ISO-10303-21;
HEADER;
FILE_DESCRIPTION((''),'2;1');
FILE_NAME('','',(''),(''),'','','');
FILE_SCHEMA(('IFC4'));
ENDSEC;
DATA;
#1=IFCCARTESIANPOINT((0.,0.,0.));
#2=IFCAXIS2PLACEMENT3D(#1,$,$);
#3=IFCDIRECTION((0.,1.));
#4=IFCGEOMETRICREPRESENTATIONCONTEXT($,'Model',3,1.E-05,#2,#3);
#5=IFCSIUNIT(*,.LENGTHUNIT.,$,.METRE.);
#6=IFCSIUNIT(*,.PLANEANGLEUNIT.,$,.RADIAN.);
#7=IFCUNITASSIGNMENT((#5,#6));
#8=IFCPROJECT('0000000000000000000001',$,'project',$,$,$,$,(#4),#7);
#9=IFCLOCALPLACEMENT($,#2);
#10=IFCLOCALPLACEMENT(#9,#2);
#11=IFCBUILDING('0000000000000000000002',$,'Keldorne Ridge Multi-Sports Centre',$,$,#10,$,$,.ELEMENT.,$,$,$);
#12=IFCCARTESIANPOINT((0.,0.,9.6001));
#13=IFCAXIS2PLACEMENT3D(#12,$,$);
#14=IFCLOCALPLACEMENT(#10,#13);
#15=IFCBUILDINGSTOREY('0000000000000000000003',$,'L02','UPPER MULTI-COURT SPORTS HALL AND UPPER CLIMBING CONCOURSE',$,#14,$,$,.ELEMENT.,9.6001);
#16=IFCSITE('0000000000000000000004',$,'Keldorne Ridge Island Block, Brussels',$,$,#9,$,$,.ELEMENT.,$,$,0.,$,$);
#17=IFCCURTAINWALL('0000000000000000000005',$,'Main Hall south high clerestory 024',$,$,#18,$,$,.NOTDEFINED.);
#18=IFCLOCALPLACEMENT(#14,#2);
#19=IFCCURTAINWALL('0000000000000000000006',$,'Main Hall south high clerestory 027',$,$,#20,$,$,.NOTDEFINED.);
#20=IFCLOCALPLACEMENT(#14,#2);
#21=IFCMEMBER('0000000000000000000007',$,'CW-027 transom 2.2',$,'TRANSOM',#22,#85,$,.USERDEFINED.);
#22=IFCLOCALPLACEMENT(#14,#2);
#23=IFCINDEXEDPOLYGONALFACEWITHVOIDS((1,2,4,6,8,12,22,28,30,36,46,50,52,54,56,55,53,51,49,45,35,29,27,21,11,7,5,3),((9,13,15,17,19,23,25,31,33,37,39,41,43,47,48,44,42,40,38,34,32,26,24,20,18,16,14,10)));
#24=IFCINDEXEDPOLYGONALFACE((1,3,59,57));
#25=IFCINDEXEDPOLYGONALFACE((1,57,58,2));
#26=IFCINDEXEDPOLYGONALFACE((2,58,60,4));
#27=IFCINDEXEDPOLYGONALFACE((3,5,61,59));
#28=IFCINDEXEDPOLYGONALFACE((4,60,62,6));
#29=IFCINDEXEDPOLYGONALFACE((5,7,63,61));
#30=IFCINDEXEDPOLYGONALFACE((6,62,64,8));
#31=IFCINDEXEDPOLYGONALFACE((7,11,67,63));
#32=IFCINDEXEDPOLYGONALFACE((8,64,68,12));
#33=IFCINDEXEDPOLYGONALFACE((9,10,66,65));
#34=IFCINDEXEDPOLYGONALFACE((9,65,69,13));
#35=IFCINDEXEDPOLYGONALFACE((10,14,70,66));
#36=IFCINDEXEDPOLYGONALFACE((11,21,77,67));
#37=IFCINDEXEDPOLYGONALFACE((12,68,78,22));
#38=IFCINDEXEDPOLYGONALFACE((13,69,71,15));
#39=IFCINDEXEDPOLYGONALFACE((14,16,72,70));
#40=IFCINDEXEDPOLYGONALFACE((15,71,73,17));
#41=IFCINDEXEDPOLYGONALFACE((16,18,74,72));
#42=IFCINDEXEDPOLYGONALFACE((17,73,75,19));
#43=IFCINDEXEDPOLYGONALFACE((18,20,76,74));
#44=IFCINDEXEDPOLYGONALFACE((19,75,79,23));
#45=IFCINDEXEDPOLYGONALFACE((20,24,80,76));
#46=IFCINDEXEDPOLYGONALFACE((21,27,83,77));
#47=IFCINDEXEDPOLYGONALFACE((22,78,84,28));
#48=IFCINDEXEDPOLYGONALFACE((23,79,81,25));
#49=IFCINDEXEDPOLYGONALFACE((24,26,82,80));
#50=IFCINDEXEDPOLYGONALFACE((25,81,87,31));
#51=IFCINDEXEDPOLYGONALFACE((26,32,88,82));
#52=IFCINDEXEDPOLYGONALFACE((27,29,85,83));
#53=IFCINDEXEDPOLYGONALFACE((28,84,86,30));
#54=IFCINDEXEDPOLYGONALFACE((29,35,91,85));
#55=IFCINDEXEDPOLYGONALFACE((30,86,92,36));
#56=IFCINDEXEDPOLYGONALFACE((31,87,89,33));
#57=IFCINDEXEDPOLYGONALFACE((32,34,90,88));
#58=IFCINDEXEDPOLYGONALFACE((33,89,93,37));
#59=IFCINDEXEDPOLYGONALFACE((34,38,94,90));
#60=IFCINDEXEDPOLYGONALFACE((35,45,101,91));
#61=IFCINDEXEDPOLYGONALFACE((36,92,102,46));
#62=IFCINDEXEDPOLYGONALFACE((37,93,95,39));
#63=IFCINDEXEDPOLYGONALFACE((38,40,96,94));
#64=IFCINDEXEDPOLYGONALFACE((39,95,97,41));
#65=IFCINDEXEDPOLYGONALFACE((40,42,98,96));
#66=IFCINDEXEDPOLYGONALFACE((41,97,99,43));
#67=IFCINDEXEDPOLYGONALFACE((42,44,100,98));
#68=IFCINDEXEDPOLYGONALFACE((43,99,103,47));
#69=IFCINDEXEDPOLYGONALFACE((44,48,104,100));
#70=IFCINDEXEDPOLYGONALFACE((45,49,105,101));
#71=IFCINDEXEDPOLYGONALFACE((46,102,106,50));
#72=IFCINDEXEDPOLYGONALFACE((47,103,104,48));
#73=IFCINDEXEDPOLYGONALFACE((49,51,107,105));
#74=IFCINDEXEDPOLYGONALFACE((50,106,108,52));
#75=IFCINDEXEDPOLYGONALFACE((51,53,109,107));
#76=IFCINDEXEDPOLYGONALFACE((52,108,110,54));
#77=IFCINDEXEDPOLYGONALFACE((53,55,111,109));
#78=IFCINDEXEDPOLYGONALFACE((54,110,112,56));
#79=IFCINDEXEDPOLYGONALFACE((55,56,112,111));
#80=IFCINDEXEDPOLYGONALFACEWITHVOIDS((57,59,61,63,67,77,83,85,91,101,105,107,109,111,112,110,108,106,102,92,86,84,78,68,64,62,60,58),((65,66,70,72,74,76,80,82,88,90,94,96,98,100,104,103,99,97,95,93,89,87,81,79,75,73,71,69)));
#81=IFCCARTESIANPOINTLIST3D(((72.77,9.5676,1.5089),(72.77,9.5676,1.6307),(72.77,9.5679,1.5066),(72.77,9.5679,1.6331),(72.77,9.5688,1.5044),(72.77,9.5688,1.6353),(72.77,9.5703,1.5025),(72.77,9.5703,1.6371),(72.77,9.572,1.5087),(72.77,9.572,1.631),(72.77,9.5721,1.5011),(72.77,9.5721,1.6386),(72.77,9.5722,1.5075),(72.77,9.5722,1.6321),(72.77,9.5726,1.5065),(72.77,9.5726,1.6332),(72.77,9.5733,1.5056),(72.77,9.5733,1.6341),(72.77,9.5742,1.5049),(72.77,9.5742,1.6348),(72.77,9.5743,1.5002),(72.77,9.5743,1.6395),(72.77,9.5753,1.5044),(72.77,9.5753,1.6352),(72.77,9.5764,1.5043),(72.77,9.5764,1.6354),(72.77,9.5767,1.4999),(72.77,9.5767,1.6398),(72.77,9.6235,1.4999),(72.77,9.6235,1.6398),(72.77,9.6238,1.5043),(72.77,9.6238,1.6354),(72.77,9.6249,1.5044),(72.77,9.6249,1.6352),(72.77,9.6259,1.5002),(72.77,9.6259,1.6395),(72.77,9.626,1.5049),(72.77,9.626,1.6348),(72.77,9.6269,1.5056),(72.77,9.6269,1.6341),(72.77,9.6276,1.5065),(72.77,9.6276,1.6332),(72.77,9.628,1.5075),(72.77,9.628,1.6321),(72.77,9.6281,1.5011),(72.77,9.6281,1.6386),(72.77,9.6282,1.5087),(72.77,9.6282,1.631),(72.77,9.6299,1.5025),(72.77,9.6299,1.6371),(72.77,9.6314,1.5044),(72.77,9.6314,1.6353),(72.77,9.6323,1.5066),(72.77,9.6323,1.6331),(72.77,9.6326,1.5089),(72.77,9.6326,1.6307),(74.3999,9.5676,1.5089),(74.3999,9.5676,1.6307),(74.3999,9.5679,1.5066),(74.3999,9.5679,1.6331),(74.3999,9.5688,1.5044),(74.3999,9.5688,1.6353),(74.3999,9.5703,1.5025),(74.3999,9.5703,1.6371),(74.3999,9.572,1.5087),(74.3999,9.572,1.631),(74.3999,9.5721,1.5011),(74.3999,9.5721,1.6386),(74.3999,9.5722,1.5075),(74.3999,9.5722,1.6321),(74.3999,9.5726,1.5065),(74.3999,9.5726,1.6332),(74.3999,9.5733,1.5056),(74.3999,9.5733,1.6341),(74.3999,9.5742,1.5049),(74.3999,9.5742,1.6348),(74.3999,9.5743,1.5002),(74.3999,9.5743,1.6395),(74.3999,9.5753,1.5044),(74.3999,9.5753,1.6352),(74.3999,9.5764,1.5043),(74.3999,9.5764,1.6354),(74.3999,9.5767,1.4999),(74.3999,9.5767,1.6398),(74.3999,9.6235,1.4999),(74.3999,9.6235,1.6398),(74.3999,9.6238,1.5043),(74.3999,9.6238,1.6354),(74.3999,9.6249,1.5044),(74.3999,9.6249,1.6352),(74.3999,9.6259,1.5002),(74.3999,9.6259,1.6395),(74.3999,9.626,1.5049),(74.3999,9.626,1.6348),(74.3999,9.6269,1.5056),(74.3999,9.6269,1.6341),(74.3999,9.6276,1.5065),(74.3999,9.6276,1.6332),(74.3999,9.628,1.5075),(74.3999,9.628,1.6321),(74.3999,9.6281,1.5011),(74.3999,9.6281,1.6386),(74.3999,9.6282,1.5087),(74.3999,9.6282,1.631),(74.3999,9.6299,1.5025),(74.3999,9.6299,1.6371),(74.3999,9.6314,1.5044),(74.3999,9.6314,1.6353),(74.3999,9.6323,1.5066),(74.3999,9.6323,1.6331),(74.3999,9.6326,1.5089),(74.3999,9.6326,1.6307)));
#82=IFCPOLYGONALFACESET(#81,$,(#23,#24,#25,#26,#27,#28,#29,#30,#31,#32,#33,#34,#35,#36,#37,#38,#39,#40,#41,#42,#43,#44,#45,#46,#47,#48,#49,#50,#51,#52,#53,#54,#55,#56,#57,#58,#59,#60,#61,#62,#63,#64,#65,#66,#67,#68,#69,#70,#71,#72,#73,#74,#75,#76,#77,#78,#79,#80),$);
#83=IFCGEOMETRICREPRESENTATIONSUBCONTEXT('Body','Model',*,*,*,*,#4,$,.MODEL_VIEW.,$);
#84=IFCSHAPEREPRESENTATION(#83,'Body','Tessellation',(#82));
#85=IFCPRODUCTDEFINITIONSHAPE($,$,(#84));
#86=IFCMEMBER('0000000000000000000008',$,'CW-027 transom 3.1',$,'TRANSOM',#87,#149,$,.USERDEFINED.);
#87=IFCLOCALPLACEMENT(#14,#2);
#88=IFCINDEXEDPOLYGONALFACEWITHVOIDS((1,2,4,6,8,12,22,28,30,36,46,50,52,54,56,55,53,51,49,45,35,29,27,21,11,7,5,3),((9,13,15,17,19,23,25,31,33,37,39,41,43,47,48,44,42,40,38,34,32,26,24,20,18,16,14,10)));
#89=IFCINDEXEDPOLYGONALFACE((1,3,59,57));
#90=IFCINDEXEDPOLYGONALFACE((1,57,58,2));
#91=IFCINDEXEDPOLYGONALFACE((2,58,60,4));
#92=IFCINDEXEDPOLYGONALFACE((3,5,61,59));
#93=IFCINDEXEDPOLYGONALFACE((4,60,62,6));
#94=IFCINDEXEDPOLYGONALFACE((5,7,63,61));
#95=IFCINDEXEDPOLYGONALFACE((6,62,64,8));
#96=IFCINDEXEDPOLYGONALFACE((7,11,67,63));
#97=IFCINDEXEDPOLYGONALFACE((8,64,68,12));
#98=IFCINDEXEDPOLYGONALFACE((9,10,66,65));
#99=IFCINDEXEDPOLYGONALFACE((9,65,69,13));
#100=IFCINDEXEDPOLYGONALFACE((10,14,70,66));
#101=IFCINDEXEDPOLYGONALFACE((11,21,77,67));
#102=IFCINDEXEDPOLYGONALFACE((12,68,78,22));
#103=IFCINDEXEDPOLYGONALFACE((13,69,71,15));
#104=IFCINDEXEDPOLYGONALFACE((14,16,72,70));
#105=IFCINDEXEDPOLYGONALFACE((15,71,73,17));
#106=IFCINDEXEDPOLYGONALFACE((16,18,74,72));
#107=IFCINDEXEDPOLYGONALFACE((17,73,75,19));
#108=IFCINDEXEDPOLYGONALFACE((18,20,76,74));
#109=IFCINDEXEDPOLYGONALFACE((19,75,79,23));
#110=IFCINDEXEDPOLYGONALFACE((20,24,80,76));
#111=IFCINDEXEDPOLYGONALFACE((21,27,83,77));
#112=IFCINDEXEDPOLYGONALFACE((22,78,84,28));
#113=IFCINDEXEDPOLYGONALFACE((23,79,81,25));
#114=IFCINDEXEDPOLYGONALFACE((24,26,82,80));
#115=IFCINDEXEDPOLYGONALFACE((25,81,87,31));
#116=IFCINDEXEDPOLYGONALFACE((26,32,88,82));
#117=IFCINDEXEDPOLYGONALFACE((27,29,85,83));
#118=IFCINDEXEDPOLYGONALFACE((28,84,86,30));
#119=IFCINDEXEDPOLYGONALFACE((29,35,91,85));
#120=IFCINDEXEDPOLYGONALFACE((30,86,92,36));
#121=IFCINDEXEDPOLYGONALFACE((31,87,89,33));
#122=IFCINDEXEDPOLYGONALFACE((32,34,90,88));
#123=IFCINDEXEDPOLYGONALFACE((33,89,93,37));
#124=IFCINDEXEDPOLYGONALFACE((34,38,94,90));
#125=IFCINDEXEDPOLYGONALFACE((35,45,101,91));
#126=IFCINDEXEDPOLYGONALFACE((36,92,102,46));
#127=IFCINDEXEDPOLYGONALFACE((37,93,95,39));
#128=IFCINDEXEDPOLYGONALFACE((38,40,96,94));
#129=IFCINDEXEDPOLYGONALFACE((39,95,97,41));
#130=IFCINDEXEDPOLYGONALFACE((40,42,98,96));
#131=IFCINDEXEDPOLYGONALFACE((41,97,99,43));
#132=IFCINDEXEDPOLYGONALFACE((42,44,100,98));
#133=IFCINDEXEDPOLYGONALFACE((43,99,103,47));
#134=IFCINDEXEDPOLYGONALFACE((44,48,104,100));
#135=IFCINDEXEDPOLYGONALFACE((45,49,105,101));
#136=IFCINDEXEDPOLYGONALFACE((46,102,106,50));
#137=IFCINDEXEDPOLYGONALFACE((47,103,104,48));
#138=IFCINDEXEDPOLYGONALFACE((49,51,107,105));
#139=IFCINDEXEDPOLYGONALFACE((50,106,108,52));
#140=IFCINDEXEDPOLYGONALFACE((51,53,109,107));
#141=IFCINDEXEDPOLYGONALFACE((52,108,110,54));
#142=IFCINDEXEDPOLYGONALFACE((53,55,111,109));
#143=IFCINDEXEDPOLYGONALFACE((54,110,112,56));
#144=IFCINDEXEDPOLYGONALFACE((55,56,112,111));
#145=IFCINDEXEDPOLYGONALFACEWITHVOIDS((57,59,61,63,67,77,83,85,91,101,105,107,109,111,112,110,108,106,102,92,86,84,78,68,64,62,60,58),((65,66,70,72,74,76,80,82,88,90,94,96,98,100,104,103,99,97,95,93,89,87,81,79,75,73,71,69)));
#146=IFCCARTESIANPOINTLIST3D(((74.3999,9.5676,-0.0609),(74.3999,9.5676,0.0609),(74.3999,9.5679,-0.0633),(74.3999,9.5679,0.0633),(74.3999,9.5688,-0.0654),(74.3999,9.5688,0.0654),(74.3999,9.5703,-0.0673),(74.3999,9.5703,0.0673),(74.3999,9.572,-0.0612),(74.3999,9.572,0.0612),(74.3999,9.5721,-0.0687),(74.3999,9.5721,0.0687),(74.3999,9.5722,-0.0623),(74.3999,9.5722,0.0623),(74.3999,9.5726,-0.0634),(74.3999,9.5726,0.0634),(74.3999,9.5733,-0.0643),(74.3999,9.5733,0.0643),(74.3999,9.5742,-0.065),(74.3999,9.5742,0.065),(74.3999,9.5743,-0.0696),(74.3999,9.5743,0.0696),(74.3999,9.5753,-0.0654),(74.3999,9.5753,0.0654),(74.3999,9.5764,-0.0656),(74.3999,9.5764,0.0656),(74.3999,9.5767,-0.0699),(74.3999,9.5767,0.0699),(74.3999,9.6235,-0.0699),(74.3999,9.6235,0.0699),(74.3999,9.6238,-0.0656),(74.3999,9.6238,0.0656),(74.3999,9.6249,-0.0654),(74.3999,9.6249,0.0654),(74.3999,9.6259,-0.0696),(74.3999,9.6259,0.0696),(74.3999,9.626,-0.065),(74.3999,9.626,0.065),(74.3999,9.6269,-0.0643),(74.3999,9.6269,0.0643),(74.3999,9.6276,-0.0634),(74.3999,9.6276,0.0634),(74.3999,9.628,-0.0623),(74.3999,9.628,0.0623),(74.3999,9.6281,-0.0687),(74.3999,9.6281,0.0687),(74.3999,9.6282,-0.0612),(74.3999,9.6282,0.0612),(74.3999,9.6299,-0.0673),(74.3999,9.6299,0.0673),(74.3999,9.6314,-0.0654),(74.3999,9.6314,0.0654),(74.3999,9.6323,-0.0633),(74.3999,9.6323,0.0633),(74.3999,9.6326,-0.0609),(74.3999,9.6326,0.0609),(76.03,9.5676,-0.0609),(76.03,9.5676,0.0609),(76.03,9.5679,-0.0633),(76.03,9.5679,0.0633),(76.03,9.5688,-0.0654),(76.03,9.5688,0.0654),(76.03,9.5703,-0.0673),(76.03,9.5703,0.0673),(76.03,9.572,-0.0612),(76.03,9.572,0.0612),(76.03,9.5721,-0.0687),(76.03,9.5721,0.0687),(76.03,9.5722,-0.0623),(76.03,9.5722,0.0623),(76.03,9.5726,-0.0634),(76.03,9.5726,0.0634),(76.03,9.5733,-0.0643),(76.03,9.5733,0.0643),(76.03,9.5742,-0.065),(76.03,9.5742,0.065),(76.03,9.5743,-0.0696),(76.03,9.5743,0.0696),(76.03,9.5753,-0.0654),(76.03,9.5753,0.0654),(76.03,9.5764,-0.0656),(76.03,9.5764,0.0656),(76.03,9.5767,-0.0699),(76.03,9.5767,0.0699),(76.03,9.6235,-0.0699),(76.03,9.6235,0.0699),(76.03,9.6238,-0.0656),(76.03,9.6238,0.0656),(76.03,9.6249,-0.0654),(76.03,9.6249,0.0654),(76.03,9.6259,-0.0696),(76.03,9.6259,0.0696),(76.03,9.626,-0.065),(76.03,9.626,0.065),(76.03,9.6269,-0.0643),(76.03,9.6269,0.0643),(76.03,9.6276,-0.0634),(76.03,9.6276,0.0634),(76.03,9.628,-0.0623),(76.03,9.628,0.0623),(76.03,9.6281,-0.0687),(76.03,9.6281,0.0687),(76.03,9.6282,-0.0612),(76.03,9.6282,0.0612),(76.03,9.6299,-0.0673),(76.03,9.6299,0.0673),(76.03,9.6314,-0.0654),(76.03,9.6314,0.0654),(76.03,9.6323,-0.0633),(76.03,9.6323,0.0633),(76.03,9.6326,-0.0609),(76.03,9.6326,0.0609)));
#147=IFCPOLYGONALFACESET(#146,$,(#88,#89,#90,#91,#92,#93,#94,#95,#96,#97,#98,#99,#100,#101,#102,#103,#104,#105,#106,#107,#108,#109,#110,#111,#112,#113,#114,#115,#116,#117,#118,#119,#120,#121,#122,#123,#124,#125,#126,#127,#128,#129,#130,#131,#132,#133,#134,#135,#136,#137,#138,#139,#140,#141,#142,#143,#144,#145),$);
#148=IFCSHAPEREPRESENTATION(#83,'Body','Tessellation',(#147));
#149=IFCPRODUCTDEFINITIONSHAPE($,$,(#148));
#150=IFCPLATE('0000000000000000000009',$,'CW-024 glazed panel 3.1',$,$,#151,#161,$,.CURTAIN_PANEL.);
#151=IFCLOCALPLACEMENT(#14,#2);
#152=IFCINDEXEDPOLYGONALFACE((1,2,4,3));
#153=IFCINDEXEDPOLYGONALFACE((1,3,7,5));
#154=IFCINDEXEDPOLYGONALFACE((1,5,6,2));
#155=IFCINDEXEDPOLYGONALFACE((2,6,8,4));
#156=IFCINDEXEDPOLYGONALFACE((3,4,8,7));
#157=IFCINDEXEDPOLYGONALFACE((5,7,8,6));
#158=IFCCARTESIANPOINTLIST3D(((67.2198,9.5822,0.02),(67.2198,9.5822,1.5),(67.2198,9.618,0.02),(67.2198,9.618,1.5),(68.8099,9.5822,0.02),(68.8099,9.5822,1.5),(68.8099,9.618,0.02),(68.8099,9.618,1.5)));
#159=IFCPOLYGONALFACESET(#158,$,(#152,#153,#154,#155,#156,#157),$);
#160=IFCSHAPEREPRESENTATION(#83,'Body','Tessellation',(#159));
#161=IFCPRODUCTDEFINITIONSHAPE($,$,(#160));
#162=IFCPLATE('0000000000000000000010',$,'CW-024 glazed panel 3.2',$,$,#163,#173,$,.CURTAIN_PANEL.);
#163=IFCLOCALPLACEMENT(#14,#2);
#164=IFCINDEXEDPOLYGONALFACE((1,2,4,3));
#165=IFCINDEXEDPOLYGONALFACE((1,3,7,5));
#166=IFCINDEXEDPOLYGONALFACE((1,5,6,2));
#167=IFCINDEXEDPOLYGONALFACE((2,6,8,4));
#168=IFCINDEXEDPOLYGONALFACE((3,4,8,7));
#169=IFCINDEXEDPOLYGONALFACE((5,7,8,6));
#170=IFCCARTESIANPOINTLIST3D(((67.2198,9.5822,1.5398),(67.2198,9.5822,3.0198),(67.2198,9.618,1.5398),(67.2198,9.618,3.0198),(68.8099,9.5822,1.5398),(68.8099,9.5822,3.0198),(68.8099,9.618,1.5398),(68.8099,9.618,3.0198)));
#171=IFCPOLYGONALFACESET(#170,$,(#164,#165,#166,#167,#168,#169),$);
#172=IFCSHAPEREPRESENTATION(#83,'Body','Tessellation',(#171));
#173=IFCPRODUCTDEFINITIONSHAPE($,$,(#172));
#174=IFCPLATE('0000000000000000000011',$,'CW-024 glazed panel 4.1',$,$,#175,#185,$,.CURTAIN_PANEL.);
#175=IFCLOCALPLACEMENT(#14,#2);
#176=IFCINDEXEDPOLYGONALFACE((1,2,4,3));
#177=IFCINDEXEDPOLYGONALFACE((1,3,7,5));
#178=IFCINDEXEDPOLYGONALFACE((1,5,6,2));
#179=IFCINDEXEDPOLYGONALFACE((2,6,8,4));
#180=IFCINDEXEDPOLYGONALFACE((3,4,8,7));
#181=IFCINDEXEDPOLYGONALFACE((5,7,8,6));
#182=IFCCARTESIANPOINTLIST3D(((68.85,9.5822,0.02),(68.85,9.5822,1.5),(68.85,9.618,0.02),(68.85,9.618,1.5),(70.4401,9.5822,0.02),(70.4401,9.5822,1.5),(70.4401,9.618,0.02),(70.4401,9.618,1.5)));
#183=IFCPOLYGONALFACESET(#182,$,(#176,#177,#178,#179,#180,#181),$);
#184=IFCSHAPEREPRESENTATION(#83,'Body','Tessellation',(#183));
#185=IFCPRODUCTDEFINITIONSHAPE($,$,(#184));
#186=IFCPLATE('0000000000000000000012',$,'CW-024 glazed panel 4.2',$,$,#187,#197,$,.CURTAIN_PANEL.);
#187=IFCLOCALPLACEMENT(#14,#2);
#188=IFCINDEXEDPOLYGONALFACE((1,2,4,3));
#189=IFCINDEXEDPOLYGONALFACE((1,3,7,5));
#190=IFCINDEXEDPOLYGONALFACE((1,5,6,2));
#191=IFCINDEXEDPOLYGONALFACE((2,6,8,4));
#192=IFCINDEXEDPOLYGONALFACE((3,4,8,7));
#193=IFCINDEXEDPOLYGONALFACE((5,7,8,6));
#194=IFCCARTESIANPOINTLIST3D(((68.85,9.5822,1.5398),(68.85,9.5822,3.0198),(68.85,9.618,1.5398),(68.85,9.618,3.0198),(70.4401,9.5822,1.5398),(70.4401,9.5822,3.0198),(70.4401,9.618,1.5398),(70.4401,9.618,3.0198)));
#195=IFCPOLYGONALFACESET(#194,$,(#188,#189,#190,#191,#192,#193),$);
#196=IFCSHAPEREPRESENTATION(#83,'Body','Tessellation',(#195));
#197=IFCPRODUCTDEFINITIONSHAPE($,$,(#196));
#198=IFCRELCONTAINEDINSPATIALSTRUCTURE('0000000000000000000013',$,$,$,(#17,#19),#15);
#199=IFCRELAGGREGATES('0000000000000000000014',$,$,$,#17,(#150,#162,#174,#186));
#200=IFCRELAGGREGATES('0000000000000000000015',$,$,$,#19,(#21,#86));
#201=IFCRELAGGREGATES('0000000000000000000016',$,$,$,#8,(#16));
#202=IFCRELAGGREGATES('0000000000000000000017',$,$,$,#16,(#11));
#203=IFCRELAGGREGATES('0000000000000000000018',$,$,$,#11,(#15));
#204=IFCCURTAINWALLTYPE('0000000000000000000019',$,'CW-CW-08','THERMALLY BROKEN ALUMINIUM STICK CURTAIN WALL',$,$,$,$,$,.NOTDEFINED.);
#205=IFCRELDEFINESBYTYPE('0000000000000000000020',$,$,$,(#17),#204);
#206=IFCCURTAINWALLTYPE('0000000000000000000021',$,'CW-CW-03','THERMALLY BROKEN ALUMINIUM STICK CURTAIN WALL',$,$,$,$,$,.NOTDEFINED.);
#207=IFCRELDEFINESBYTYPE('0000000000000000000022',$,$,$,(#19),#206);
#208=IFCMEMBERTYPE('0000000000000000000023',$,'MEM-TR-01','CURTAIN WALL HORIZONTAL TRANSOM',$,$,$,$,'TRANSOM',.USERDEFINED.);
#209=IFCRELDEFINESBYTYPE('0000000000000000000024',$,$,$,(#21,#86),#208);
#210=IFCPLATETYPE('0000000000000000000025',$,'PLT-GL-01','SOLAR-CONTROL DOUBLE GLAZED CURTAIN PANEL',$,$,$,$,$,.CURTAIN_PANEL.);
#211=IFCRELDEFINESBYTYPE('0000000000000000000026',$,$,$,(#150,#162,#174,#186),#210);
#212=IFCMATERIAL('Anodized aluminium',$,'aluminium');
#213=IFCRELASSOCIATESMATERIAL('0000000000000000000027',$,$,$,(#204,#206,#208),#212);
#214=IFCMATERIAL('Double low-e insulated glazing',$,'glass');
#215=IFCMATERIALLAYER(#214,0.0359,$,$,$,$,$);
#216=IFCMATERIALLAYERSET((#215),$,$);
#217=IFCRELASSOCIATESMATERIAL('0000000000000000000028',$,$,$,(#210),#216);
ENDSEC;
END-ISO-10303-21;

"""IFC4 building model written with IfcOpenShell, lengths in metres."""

from ifc_helpers import new_model, si_unit, direction, frame, origin, origin_2d, place, context, subcontext, project, spatial, rectangle, hollow_rectangle, extrude, material, layer, layer_set, material_profile, profile_set, type_object, element, aggregate, save


model = new_model("IFC4")

# Units and contexts
model_context = context("Model", 3, precision=1e-05, world=origin(), true_north=direction((0.0, 1.0)))
body_context = subcontext(model_context, "Body", "Model", "MODEL_VIEW")
ifc_project = project(units=[si_unit("LENGTHUNIT", "METRE"), si_unit("PLANEANGLEUNIT", "RADIAN")], contexts=[model_context])

# Site, building, storey
site_placement = place(None, origin())
site = spatial("IfcSite", under=ifc_project, at=site_placement, Name="Keldorne Ridge Island Block, Brussels", CompositionType="ELEMENT", RefElevation=0.0)
building_placement = place(site_placement, origin())
building = spatial("IfcBuilding", under=site, at=building_placement, Name="Keldorne Ridge Multi-Sports Centre", CompositionType="ELEMENT")
storey_placement = place(building_placement, frame((0.0, 0.0, 9.6001)))
storey = spatial("IfcBuildingStorey", under=building, at=storey_placement, Name="L02", Description="UPPER MULTI-COURT SPORTS HALL AND UPPER CLIMBING CONCOURSE", CompositionType="ELEMENT", Elevation=9.6001)

# Curtain walls
ifc_material_1 = material(Name="Anodized aluminium", Category="aluminium")
curtain_wall_type_1 = type_object("IfcCurtainWallType", Name="CW-CW-08", Description="THERMALLY BROKEN ALUMINIUM STICK CURTAIN WALL", PredefinedType="NOTDEFINED", material=ifc_material_1)
curtain_wall_1_placement = place(storey_placement, origin())
curtain_wall_1 = element("IfcCurtainWall", 1, at=curtain_wall_1_placement, inside=storey, type_object=curtain_wall_type_1, Name="Main Hall south high clerestory 024", PredefinedType="NOTDEFINED")
curtain_wall_type_2 = type_object("IfcCurtainWallType", Name="CW-CW-03", Description="THERMALLY BROKEN ALUMINIUM STICK CURTAIN WALL", PredefinedType="NOTDEFINED", material=ifc_material_1)
curtain_wall_2_placement = place(storey_placement, origin())
curtain_wall_2 = element("IfcCurtainWall", 2, at=curtain_wall_2_placement, inside=storey, type_object=curtain_wall_type_2, Name="Main Hall south high clerestory 027", PredefinedType="NOTDEFINED")

# Members
ifc_material_profile_1 = material_profile(ifc_material_1, hollow_rectangle(XDim=0.0649, YDim=0.1399, WallThickness=0.0044, InnerFilletRadius=0.0044, OuterFilletRadius=0.009, at=origin_2d()), Name="ALU TRANSOM 140x65x4.5")
ifc_profile_set_1 = profile_set([ifc_material_profile_1], Name="Anodized aluminium")
member_type_1 = type_object("IfcMemberType", Name="MEM-TR-01", Description="CURTAIN WALL HORIZONTAL TRANSOM", ElementType="TRANSOM", PredefinedType="USERDEFINED", material=ifc_profile_set_1)
member_1_placement = place(storey_placement, frame((72.77, 9.6001, 1.5698), z_axis=(1.0, 0.0, 0.0), x_axis=(0.0, 1.0, 0.0)))
member_1 = element("IfcMember", 3, at=member_1_placement, type_object=member_type_1, Name="CW-027 transom 2.2", ObjectType="TRANSOM", PredefinedType="USERDEFINED", context=body_context, shape_type="SweptSolid", body=[
    extrude(hollow_rectangle(XDim=0.0649, YDim=0.1399, WallThickness=0.0044, InnerFilletRadius=0.0044, OuterFilletRadius=0.009, at=origin_2d()), origin(), (0.0, 0.0, 1.0), 1.6299),
])
member_2_placement = place(storey_placement, frame((74.3999, 9.6001, 0.0), z_axis=(1.0, 0.0, 0.0), x_axis=(0.0, 1.0, 0.0)))
member_2 = element("IfcMember", 4, at=member_2_placement, type_object=member_type_1, Name="CW-027 transom 3.1", ObjectType="TRANSOM", PredefinedType="USERDEFINED", context=body_context, shape_type="SweptSolid", body=[
    extrude(hollow_rectangle(XDim=0.0649, YDim=0.1399, WallThickness=0.0044, InnerFilletRadius=0.0044, OuterFilletRadius=0.009, at=origin_2d()), origin(), (0.0, 0.0, 1.0), 1.6301),
])

# Plates
ifc_material_2 = material(Name="Double low-e insulated glazing", Category="glass")
ifc_layer = layer(ifc_material_2, 0.0359)
ifc_layer_set = layer_set([ifc_layer])
plate_type = type_object("IfcPlateType", Name="PLT-GL-01", Description="SOLAR-CONTROL DOUBLE GLAZED CURTAIN PANEL", PredefinedType="CURTAIN_PANEL", material=ifc_layer_set)
plate_1_placement = place(storey_placement, frame((68.0149, 9.6001, 0.02), z_axis=(0.0, 0.0, 1.0), x_axis=(1.0, 0.0, 0.0)))
plate_1 = element("IfcPlate", 5, at=plate_1_placement, type_object=plate_type, Name="CW-024 glazed panel 3.1", PredefinedType="CURTAIN_PANEL", context=body_context, shape_type="SweptSolid", body=[
    extrude(rectangle(XDim=1.5901, YDim=0.0359, at=origin_2d()), origin(), (0.0, 0.0, 1.0), 1.48),
])
plate_2_placement = place(storey_placement, frame((68.0149, 9.6001, 1.5398), z_axis=(0.0, 0.0, 1.0), x_axis=(1.0, 0.0, 0.0)))
plate_2 = element("IfcPlate", 6, at=plate_2_placement, type_object=plate_type, Name="CW-024 glazed panel 3.2", PredefinedType="CURTAIN_PANEL", context=body_context, shape_type="SweptSolid", body=[
    extrude(rectangle(XDim=1.5901, YDim=0.0359, at=origin_2d()), origin(), (0.0, 0.0, 1.0), 1.48),
])
plate_3_placement = place(storey_placement, frame((69.645, 9.6001, 0.02), z_axis=(0.0, 0.0, 1.0), x_axis=(1.0, 0.0, 0.0)))
plate_3 = element("IfcPlate", 7, at=plate_3_placement, type_object=plate_type, Name="CW-024 glazed panel 4.1", PredefinedType="CURTAIN_PANEL", context=body_context, shape_type="SweptSolid", body=[
    extrude(rectangle(XDim=1.5901, YDim=0.0359, at=origin_2d()), origin(), (0.0, 0.0, 1.0), 1.48),
])
plate_4_placement = place(storey_placement, frame((69.645, 9.6001, 1.5398), z_axis=(0.0, 0.0, 1.0), x_axis=(1.0, 0.0, 0.0)))
plate_4 = element("IfcPlate", 8, at=plate_4_placement, type_object=plate_type, Name="CW-024 glazed panel 4.2", PredefinedType="CURTAIN_PANEL", context=body_context, shape_type="SweptSolid", body=[
    extrude(rectangle(XDim=1.5901, YDim=0.0359, at=origin_2d()), origin(), (0.0, 0.0, 1.0), 1.48),
])
aggregate(curtain_wall_1, [plate_1, plate_2, plate_3, plate_4])
aggregate(curtain_wall_2, [member_1, member_2])

save(model, "model.ifc")
